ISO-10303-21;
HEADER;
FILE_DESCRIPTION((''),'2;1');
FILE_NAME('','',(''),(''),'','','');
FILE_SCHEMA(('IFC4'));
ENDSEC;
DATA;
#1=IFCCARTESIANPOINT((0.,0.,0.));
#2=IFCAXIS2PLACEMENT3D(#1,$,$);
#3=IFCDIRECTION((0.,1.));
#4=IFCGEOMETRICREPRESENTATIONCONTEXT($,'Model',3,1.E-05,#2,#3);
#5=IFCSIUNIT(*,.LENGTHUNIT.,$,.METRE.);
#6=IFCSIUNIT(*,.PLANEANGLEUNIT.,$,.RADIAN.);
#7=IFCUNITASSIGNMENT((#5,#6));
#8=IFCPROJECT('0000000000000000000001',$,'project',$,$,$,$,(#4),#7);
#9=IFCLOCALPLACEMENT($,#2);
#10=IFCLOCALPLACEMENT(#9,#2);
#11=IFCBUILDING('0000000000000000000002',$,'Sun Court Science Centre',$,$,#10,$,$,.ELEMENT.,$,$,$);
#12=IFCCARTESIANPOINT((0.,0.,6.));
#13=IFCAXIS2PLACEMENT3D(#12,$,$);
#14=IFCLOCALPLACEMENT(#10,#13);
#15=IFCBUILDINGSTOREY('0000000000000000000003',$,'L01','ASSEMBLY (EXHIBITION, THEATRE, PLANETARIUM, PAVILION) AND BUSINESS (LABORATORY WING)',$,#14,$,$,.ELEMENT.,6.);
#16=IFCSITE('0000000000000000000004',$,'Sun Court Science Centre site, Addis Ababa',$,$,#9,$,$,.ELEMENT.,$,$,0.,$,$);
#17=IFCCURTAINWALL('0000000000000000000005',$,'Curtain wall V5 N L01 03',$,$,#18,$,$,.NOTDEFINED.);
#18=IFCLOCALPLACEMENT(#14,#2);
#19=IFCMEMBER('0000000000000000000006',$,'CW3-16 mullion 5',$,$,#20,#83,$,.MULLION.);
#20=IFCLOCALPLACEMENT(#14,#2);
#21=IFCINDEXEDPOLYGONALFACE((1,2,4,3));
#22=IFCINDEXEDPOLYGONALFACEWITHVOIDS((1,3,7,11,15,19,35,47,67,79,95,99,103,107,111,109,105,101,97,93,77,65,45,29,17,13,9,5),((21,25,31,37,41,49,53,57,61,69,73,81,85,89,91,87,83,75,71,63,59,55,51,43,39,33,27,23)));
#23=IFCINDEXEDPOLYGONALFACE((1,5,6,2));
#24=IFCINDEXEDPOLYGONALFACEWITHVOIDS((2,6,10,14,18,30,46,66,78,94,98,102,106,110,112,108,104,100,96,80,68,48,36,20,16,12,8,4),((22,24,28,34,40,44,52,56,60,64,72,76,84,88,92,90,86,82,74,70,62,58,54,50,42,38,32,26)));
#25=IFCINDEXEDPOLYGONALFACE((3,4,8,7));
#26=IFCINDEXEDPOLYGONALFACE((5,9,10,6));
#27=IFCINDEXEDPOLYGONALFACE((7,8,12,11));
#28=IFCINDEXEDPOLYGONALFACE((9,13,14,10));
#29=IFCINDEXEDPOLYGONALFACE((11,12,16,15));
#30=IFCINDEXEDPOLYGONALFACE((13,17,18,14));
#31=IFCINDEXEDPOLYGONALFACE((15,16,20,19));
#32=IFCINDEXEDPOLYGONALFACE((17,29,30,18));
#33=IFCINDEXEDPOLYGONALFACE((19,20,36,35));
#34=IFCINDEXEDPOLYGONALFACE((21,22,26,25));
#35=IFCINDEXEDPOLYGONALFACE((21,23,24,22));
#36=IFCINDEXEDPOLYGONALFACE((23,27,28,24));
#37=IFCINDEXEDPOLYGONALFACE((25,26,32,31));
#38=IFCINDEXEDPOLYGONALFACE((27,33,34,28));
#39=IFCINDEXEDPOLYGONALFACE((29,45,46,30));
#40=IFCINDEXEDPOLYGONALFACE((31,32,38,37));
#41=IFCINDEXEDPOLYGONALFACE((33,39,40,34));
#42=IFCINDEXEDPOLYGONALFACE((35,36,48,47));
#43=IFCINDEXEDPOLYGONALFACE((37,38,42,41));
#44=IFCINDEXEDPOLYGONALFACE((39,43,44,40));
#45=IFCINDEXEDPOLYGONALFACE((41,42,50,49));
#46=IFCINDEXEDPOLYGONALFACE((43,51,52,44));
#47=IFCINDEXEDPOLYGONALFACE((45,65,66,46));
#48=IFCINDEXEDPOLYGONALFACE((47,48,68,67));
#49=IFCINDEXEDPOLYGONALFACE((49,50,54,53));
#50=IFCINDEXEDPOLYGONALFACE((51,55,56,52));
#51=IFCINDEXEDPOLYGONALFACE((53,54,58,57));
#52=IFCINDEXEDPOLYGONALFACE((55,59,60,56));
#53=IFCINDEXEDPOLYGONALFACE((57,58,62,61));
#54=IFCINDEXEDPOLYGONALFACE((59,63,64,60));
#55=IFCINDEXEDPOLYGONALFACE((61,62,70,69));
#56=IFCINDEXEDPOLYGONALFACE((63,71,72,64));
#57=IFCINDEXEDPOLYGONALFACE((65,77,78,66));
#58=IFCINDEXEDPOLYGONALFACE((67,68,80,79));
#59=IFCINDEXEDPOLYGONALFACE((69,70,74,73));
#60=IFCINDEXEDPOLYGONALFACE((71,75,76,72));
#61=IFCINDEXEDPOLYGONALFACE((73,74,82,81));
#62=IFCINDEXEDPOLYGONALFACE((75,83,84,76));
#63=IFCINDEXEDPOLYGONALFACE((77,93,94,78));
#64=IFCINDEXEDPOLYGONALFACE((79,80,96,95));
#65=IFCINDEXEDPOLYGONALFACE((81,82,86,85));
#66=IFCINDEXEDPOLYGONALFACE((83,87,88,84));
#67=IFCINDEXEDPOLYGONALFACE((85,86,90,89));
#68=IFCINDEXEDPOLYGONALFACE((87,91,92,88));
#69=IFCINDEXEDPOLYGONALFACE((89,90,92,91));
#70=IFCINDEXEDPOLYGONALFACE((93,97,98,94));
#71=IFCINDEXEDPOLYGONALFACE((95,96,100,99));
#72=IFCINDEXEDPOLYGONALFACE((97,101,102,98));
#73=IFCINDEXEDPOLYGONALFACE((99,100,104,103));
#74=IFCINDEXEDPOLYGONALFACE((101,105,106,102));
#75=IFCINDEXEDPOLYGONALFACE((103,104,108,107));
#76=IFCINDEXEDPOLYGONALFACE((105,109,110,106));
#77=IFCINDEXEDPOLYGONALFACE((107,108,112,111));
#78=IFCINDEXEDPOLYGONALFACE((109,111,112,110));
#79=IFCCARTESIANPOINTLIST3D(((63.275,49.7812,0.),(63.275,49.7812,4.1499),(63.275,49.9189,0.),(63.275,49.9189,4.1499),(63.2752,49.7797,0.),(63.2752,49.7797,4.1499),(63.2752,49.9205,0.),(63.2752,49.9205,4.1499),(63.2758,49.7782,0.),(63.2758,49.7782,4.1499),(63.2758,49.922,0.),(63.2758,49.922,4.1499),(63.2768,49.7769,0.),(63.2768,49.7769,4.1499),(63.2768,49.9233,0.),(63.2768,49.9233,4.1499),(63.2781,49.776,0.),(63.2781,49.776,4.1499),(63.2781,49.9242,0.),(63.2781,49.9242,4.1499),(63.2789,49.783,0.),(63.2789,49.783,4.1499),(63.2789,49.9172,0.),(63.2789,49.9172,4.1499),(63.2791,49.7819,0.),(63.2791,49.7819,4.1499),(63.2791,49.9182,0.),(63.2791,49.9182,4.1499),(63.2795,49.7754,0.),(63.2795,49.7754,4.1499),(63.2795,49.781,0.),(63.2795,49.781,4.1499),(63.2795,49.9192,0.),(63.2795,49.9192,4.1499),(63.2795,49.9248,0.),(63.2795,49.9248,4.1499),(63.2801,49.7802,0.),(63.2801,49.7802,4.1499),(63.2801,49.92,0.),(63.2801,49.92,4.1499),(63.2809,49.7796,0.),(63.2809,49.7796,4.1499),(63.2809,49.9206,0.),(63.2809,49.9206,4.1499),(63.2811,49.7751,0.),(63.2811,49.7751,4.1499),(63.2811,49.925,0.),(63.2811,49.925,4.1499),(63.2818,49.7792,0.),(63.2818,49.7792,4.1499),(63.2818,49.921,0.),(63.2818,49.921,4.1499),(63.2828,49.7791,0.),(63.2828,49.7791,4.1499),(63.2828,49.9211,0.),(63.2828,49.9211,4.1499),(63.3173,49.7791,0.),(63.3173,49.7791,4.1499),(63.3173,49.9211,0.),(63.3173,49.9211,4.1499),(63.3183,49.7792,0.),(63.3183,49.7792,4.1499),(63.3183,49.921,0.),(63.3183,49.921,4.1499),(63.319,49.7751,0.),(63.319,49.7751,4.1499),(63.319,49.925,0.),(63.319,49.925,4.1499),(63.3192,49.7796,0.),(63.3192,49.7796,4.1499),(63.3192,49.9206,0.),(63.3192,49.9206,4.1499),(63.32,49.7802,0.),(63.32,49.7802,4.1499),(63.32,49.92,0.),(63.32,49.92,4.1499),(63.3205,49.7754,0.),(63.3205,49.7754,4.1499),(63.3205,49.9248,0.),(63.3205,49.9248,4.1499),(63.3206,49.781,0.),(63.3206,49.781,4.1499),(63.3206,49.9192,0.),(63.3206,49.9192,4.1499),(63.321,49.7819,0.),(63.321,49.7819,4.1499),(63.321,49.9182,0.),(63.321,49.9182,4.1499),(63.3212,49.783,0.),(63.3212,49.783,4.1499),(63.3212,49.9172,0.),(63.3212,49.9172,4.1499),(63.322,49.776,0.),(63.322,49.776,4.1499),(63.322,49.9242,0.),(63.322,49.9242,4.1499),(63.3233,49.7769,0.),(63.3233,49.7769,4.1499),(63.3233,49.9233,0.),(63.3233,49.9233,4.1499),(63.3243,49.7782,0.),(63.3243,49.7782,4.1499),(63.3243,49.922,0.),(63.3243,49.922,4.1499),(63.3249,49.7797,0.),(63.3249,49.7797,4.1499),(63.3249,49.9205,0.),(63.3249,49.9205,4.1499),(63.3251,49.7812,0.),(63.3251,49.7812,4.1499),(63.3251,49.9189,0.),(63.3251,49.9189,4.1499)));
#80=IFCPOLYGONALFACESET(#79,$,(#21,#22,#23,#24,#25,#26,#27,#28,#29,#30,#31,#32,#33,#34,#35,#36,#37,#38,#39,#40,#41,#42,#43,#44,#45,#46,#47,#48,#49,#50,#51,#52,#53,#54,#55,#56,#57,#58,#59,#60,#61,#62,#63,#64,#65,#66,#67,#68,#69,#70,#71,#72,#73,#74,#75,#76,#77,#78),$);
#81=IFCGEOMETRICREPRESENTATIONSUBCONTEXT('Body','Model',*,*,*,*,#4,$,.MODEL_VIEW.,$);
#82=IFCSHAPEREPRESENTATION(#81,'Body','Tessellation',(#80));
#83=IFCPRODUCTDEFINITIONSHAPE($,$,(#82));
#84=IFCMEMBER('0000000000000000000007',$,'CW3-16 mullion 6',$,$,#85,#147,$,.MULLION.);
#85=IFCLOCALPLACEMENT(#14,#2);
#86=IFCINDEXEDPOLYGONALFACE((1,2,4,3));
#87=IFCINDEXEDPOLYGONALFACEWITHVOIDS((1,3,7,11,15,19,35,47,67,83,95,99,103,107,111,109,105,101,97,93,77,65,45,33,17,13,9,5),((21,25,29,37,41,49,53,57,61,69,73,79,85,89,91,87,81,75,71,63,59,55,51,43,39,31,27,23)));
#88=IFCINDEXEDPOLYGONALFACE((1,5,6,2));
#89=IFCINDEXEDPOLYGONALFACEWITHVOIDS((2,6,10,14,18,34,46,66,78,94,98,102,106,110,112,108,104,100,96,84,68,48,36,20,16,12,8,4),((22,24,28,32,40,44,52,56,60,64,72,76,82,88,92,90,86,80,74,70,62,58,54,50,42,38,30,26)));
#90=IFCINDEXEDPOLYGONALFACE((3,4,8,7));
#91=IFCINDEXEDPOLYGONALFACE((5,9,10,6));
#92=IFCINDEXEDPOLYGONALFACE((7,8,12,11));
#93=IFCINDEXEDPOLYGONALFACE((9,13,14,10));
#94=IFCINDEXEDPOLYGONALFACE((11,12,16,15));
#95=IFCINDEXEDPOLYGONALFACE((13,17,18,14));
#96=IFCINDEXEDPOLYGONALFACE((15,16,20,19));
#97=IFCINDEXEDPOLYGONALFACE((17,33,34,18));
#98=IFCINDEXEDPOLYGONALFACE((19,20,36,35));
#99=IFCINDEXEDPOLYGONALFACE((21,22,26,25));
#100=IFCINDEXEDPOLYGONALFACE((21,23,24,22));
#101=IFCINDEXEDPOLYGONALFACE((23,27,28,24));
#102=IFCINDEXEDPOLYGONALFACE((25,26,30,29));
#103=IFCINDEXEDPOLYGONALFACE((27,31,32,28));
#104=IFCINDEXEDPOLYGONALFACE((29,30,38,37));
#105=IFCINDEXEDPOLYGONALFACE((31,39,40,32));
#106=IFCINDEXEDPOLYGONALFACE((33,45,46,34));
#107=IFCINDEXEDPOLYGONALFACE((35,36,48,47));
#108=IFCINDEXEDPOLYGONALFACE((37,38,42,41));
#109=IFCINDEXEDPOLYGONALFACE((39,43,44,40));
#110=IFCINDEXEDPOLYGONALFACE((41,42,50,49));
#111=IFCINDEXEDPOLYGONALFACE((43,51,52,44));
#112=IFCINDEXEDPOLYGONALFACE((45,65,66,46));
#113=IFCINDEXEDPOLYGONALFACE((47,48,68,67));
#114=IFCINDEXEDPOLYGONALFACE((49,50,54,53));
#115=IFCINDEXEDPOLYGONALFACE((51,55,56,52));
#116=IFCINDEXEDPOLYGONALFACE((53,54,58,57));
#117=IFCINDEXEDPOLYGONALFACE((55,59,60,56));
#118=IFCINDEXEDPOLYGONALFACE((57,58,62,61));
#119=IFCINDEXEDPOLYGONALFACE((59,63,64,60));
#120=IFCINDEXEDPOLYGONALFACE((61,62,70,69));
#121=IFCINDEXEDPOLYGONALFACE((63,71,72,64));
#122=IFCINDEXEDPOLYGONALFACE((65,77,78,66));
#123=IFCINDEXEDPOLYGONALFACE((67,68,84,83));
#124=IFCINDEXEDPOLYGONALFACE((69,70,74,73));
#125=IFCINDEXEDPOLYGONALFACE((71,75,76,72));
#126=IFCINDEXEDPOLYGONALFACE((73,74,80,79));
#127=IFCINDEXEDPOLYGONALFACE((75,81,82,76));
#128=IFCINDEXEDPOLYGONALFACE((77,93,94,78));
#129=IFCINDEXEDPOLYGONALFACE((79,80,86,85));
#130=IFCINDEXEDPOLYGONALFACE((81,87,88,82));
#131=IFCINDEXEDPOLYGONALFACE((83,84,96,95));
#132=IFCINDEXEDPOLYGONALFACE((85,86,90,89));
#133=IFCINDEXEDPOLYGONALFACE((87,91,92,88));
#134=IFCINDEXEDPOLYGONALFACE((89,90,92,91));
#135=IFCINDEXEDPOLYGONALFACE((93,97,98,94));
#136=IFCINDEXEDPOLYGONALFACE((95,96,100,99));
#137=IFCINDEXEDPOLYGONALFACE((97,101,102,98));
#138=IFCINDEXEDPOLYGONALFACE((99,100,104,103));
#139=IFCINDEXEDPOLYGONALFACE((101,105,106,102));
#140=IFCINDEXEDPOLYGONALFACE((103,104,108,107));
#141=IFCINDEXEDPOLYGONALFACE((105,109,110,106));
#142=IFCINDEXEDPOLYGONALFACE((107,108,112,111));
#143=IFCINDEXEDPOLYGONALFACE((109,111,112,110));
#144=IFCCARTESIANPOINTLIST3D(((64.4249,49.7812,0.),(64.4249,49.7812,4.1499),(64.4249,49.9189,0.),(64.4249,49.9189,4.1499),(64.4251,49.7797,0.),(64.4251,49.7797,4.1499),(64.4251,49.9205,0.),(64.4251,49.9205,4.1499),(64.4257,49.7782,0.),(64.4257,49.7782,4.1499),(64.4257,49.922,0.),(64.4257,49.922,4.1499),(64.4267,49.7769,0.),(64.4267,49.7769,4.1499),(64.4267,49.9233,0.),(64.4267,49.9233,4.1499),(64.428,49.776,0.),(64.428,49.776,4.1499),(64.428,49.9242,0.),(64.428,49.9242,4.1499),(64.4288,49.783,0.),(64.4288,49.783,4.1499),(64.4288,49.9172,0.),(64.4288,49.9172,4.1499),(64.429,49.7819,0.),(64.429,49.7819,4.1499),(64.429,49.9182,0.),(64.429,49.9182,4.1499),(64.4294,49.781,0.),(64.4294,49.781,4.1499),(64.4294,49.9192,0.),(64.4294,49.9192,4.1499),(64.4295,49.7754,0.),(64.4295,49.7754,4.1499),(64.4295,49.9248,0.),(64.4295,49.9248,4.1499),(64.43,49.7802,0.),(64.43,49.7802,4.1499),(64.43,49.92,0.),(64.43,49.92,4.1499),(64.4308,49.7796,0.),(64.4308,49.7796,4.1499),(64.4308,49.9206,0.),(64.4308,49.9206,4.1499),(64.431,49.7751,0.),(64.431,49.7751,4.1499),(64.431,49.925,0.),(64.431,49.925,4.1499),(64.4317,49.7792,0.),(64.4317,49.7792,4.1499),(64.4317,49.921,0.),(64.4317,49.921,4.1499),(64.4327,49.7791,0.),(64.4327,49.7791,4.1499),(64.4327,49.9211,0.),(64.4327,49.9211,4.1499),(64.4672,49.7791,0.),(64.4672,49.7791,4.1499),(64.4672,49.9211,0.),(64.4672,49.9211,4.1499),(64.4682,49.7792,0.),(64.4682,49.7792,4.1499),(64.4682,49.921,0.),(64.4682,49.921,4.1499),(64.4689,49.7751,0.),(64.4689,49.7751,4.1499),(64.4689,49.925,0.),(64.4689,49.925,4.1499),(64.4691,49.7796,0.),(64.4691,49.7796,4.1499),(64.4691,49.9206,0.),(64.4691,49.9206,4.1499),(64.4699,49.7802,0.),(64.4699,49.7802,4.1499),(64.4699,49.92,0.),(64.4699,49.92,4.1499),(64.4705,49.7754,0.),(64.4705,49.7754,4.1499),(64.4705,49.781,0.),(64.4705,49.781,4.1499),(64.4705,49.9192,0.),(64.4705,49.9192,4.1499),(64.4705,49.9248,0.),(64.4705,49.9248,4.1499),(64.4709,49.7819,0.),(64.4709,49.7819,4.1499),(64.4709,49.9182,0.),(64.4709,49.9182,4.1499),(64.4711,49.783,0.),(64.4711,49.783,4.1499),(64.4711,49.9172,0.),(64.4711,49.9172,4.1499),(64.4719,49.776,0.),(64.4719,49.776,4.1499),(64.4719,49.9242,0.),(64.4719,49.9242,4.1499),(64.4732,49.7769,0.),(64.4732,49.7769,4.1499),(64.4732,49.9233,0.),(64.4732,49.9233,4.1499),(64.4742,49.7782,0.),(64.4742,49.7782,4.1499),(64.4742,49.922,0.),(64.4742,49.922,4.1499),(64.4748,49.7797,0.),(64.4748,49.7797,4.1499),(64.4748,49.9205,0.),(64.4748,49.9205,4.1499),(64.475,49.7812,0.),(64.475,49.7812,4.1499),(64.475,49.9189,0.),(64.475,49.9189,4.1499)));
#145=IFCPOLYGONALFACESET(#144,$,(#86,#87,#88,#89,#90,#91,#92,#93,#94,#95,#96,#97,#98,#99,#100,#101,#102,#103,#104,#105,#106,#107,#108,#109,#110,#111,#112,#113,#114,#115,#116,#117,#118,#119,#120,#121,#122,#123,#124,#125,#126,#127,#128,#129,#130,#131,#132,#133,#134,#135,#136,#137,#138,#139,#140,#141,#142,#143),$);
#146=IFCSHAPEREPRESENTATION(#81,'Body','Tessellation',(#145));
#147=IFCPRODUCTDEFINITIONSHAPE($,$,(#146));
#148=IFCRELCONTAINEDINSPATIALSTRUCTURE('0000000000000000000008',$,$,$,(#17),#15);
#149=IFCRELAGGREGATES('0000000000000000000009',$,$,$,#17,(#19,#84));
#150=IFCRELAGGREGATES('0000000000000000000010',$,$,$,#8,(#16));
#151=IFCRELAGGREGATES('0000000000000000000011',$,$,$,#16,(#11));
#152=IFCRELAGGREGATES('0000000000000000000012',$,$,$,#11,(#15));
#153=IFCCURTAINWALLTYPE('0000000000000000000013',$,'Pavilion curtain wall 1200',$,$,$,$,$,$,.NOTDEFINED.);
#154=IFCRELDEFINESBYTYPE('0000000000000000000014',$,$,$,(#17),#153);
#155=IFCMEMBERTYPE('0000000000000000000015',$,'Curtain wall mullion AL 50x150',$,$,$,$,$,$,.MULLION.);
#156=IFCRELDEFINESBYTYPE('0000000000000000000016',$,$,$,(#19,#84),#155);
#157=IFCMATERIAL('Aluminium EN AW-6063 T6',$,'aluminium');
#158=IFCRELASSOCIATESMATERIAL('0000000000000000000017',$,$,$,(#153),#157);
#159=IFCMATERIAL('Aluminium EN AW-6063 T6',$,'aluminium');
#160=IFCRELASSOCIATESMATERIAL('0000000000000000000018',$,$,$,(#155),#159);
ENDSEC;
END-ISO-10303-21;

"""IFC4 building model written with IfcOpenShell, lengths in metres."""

from ifc_helpers import new_model, si_unit, direction, frame, origin, origin_2d, place, context, subcontext, project, spatial, hollow_rectangle, extrude, material, material_profile, profile_set, type_object, element, aggregate, save


model = new_model("IFC4")

# Units and contexts
model_context = context("Model", 3, precision=1e-05, world=origin(), true_north=direction((0.0, 1.0)))
body_context = subcontext(model_context, "Body", "Model", "MODEL_VIEW")
ifc_project = project(units=[si_unit("LENGTHUNIT", "METRE"), si_unit("PLANEANGLEUNIT", "RADIAN")], contexts=[model_context])

# Site, building, storey
site_placement = place(None, origin())
site = spatial("IfcSite", under=ifc_project, at=site_placement, Name="Sun Court Science Centre site, Addis Ababa", CompositionType="ELEMENT", RefElevation=0.0)
building_placement = place(site_placement, origin())
building = spatial("IfcBuilding", under=site, at=building_placement, Name="Sun Court Science Centre", CompositionType="ELEMENT")
storey_placement = place(building_placement, frame((0.0, 0.0, 6.0)))
storey = spatial("IfcBuildingStorey", under=building, at=storey_placement, Name="L01", Description="ASSEMBLY (EXHIBITION, THEATRE, PLANETARIUM, PAVILION) AND BUSINESS (LABORATORY WING)", CompositionType="ELEMENT", Elevation=6.0)

# Curtain wall, members
ifc_material_1 = material(Name="Aluminium EN AW-6063 T6", Category="aluminium")
curtain_wall_type = type_object("IfcCurtainWallType", Name="Pavilion curtain wall 1200", PredefinedType="NOTDEFINED", material=ifc_material_1)
curtain_wall_placement = place(storey_placement, origin())
curtain_wall = element("IfcCurtainWall", 1, at=curtain_wall_placement, inside=storey, type_object=curtain_wall_type, Name="Curtain wall V5 N L01 03", PredefinedType="NOTDEFINED")
ifc_material_2 = material(Name="Aluminium EN AW-6063 T6", Category="aluminium")
ifc_material_profile_1 = material_profile(ifc_material_2, hollow_rectangle(XDim=0.05, YDim=0.1499, WallThickness=0.0039, InnerFilletRadius=0.0039, OuterFilletRadius=0.0061, at=origin_2d()), Name="AL 50x150x4")
ifc_profile_set_1 = profile_set([ifc_material_profile_1], Name="Aluminium EN AW-6063 T6")
member_type_1 = type_object("IfcMemberType", Name="Curtain wall mullion AL 50x150", PredefinedType="MULLION", material=ifc_profile_set_1)
member_1_placement = place(storey_placement, frame((63.3, 49.8501, 0.0), z_axis=(0.0, 0.0, 1.0), x_axis=(1.0, 0.0, 0.0)))
member_1 = element("IfcMember", 2, at=member_1_placement, type_object=member_type_1, Name="CW3-16 mullion 5", PredefinedType="MULLION", context=body_context, shape_type="SweptSolid", body=[
    extrude(hollow_rectangle(XDim=0.05, YDim=0.1499, WallThickness=0.0039, InnerFilletRadius=0.0039, OuterFilletRadius=0.0061, at=origin_2d()), origin(), (0.0, 0.0, 1.0), 4.1499),
])
member_2_placement = place(storey_placement, frame((64.45, 49.8501, 0.0), z_axis=(0.0, 0.0, 1.0), x_axis=(1.0, 0.0, 0.0)))
member_2 = element("IfcMember", 3, at=member_2_placement, type_object=member_type_1, Name="CW3-16 mullion 6", PredefinedType="MULLION", context=body_context, shape_type="SweptSolid", body=[
    extrude(hollow_rectangle(XDim=0.05, YDim=0.1499, WallThickness=0.0039, InnerFilletRadius=0.0039, OuterFilletRadius=0.0061, at=origin_2d()), origin(), (0.0, 0.0, 1.0), 4.1499),
])
aggregate(curtain_wall, [member_1, member_2])

save(model, "model.ifc")
